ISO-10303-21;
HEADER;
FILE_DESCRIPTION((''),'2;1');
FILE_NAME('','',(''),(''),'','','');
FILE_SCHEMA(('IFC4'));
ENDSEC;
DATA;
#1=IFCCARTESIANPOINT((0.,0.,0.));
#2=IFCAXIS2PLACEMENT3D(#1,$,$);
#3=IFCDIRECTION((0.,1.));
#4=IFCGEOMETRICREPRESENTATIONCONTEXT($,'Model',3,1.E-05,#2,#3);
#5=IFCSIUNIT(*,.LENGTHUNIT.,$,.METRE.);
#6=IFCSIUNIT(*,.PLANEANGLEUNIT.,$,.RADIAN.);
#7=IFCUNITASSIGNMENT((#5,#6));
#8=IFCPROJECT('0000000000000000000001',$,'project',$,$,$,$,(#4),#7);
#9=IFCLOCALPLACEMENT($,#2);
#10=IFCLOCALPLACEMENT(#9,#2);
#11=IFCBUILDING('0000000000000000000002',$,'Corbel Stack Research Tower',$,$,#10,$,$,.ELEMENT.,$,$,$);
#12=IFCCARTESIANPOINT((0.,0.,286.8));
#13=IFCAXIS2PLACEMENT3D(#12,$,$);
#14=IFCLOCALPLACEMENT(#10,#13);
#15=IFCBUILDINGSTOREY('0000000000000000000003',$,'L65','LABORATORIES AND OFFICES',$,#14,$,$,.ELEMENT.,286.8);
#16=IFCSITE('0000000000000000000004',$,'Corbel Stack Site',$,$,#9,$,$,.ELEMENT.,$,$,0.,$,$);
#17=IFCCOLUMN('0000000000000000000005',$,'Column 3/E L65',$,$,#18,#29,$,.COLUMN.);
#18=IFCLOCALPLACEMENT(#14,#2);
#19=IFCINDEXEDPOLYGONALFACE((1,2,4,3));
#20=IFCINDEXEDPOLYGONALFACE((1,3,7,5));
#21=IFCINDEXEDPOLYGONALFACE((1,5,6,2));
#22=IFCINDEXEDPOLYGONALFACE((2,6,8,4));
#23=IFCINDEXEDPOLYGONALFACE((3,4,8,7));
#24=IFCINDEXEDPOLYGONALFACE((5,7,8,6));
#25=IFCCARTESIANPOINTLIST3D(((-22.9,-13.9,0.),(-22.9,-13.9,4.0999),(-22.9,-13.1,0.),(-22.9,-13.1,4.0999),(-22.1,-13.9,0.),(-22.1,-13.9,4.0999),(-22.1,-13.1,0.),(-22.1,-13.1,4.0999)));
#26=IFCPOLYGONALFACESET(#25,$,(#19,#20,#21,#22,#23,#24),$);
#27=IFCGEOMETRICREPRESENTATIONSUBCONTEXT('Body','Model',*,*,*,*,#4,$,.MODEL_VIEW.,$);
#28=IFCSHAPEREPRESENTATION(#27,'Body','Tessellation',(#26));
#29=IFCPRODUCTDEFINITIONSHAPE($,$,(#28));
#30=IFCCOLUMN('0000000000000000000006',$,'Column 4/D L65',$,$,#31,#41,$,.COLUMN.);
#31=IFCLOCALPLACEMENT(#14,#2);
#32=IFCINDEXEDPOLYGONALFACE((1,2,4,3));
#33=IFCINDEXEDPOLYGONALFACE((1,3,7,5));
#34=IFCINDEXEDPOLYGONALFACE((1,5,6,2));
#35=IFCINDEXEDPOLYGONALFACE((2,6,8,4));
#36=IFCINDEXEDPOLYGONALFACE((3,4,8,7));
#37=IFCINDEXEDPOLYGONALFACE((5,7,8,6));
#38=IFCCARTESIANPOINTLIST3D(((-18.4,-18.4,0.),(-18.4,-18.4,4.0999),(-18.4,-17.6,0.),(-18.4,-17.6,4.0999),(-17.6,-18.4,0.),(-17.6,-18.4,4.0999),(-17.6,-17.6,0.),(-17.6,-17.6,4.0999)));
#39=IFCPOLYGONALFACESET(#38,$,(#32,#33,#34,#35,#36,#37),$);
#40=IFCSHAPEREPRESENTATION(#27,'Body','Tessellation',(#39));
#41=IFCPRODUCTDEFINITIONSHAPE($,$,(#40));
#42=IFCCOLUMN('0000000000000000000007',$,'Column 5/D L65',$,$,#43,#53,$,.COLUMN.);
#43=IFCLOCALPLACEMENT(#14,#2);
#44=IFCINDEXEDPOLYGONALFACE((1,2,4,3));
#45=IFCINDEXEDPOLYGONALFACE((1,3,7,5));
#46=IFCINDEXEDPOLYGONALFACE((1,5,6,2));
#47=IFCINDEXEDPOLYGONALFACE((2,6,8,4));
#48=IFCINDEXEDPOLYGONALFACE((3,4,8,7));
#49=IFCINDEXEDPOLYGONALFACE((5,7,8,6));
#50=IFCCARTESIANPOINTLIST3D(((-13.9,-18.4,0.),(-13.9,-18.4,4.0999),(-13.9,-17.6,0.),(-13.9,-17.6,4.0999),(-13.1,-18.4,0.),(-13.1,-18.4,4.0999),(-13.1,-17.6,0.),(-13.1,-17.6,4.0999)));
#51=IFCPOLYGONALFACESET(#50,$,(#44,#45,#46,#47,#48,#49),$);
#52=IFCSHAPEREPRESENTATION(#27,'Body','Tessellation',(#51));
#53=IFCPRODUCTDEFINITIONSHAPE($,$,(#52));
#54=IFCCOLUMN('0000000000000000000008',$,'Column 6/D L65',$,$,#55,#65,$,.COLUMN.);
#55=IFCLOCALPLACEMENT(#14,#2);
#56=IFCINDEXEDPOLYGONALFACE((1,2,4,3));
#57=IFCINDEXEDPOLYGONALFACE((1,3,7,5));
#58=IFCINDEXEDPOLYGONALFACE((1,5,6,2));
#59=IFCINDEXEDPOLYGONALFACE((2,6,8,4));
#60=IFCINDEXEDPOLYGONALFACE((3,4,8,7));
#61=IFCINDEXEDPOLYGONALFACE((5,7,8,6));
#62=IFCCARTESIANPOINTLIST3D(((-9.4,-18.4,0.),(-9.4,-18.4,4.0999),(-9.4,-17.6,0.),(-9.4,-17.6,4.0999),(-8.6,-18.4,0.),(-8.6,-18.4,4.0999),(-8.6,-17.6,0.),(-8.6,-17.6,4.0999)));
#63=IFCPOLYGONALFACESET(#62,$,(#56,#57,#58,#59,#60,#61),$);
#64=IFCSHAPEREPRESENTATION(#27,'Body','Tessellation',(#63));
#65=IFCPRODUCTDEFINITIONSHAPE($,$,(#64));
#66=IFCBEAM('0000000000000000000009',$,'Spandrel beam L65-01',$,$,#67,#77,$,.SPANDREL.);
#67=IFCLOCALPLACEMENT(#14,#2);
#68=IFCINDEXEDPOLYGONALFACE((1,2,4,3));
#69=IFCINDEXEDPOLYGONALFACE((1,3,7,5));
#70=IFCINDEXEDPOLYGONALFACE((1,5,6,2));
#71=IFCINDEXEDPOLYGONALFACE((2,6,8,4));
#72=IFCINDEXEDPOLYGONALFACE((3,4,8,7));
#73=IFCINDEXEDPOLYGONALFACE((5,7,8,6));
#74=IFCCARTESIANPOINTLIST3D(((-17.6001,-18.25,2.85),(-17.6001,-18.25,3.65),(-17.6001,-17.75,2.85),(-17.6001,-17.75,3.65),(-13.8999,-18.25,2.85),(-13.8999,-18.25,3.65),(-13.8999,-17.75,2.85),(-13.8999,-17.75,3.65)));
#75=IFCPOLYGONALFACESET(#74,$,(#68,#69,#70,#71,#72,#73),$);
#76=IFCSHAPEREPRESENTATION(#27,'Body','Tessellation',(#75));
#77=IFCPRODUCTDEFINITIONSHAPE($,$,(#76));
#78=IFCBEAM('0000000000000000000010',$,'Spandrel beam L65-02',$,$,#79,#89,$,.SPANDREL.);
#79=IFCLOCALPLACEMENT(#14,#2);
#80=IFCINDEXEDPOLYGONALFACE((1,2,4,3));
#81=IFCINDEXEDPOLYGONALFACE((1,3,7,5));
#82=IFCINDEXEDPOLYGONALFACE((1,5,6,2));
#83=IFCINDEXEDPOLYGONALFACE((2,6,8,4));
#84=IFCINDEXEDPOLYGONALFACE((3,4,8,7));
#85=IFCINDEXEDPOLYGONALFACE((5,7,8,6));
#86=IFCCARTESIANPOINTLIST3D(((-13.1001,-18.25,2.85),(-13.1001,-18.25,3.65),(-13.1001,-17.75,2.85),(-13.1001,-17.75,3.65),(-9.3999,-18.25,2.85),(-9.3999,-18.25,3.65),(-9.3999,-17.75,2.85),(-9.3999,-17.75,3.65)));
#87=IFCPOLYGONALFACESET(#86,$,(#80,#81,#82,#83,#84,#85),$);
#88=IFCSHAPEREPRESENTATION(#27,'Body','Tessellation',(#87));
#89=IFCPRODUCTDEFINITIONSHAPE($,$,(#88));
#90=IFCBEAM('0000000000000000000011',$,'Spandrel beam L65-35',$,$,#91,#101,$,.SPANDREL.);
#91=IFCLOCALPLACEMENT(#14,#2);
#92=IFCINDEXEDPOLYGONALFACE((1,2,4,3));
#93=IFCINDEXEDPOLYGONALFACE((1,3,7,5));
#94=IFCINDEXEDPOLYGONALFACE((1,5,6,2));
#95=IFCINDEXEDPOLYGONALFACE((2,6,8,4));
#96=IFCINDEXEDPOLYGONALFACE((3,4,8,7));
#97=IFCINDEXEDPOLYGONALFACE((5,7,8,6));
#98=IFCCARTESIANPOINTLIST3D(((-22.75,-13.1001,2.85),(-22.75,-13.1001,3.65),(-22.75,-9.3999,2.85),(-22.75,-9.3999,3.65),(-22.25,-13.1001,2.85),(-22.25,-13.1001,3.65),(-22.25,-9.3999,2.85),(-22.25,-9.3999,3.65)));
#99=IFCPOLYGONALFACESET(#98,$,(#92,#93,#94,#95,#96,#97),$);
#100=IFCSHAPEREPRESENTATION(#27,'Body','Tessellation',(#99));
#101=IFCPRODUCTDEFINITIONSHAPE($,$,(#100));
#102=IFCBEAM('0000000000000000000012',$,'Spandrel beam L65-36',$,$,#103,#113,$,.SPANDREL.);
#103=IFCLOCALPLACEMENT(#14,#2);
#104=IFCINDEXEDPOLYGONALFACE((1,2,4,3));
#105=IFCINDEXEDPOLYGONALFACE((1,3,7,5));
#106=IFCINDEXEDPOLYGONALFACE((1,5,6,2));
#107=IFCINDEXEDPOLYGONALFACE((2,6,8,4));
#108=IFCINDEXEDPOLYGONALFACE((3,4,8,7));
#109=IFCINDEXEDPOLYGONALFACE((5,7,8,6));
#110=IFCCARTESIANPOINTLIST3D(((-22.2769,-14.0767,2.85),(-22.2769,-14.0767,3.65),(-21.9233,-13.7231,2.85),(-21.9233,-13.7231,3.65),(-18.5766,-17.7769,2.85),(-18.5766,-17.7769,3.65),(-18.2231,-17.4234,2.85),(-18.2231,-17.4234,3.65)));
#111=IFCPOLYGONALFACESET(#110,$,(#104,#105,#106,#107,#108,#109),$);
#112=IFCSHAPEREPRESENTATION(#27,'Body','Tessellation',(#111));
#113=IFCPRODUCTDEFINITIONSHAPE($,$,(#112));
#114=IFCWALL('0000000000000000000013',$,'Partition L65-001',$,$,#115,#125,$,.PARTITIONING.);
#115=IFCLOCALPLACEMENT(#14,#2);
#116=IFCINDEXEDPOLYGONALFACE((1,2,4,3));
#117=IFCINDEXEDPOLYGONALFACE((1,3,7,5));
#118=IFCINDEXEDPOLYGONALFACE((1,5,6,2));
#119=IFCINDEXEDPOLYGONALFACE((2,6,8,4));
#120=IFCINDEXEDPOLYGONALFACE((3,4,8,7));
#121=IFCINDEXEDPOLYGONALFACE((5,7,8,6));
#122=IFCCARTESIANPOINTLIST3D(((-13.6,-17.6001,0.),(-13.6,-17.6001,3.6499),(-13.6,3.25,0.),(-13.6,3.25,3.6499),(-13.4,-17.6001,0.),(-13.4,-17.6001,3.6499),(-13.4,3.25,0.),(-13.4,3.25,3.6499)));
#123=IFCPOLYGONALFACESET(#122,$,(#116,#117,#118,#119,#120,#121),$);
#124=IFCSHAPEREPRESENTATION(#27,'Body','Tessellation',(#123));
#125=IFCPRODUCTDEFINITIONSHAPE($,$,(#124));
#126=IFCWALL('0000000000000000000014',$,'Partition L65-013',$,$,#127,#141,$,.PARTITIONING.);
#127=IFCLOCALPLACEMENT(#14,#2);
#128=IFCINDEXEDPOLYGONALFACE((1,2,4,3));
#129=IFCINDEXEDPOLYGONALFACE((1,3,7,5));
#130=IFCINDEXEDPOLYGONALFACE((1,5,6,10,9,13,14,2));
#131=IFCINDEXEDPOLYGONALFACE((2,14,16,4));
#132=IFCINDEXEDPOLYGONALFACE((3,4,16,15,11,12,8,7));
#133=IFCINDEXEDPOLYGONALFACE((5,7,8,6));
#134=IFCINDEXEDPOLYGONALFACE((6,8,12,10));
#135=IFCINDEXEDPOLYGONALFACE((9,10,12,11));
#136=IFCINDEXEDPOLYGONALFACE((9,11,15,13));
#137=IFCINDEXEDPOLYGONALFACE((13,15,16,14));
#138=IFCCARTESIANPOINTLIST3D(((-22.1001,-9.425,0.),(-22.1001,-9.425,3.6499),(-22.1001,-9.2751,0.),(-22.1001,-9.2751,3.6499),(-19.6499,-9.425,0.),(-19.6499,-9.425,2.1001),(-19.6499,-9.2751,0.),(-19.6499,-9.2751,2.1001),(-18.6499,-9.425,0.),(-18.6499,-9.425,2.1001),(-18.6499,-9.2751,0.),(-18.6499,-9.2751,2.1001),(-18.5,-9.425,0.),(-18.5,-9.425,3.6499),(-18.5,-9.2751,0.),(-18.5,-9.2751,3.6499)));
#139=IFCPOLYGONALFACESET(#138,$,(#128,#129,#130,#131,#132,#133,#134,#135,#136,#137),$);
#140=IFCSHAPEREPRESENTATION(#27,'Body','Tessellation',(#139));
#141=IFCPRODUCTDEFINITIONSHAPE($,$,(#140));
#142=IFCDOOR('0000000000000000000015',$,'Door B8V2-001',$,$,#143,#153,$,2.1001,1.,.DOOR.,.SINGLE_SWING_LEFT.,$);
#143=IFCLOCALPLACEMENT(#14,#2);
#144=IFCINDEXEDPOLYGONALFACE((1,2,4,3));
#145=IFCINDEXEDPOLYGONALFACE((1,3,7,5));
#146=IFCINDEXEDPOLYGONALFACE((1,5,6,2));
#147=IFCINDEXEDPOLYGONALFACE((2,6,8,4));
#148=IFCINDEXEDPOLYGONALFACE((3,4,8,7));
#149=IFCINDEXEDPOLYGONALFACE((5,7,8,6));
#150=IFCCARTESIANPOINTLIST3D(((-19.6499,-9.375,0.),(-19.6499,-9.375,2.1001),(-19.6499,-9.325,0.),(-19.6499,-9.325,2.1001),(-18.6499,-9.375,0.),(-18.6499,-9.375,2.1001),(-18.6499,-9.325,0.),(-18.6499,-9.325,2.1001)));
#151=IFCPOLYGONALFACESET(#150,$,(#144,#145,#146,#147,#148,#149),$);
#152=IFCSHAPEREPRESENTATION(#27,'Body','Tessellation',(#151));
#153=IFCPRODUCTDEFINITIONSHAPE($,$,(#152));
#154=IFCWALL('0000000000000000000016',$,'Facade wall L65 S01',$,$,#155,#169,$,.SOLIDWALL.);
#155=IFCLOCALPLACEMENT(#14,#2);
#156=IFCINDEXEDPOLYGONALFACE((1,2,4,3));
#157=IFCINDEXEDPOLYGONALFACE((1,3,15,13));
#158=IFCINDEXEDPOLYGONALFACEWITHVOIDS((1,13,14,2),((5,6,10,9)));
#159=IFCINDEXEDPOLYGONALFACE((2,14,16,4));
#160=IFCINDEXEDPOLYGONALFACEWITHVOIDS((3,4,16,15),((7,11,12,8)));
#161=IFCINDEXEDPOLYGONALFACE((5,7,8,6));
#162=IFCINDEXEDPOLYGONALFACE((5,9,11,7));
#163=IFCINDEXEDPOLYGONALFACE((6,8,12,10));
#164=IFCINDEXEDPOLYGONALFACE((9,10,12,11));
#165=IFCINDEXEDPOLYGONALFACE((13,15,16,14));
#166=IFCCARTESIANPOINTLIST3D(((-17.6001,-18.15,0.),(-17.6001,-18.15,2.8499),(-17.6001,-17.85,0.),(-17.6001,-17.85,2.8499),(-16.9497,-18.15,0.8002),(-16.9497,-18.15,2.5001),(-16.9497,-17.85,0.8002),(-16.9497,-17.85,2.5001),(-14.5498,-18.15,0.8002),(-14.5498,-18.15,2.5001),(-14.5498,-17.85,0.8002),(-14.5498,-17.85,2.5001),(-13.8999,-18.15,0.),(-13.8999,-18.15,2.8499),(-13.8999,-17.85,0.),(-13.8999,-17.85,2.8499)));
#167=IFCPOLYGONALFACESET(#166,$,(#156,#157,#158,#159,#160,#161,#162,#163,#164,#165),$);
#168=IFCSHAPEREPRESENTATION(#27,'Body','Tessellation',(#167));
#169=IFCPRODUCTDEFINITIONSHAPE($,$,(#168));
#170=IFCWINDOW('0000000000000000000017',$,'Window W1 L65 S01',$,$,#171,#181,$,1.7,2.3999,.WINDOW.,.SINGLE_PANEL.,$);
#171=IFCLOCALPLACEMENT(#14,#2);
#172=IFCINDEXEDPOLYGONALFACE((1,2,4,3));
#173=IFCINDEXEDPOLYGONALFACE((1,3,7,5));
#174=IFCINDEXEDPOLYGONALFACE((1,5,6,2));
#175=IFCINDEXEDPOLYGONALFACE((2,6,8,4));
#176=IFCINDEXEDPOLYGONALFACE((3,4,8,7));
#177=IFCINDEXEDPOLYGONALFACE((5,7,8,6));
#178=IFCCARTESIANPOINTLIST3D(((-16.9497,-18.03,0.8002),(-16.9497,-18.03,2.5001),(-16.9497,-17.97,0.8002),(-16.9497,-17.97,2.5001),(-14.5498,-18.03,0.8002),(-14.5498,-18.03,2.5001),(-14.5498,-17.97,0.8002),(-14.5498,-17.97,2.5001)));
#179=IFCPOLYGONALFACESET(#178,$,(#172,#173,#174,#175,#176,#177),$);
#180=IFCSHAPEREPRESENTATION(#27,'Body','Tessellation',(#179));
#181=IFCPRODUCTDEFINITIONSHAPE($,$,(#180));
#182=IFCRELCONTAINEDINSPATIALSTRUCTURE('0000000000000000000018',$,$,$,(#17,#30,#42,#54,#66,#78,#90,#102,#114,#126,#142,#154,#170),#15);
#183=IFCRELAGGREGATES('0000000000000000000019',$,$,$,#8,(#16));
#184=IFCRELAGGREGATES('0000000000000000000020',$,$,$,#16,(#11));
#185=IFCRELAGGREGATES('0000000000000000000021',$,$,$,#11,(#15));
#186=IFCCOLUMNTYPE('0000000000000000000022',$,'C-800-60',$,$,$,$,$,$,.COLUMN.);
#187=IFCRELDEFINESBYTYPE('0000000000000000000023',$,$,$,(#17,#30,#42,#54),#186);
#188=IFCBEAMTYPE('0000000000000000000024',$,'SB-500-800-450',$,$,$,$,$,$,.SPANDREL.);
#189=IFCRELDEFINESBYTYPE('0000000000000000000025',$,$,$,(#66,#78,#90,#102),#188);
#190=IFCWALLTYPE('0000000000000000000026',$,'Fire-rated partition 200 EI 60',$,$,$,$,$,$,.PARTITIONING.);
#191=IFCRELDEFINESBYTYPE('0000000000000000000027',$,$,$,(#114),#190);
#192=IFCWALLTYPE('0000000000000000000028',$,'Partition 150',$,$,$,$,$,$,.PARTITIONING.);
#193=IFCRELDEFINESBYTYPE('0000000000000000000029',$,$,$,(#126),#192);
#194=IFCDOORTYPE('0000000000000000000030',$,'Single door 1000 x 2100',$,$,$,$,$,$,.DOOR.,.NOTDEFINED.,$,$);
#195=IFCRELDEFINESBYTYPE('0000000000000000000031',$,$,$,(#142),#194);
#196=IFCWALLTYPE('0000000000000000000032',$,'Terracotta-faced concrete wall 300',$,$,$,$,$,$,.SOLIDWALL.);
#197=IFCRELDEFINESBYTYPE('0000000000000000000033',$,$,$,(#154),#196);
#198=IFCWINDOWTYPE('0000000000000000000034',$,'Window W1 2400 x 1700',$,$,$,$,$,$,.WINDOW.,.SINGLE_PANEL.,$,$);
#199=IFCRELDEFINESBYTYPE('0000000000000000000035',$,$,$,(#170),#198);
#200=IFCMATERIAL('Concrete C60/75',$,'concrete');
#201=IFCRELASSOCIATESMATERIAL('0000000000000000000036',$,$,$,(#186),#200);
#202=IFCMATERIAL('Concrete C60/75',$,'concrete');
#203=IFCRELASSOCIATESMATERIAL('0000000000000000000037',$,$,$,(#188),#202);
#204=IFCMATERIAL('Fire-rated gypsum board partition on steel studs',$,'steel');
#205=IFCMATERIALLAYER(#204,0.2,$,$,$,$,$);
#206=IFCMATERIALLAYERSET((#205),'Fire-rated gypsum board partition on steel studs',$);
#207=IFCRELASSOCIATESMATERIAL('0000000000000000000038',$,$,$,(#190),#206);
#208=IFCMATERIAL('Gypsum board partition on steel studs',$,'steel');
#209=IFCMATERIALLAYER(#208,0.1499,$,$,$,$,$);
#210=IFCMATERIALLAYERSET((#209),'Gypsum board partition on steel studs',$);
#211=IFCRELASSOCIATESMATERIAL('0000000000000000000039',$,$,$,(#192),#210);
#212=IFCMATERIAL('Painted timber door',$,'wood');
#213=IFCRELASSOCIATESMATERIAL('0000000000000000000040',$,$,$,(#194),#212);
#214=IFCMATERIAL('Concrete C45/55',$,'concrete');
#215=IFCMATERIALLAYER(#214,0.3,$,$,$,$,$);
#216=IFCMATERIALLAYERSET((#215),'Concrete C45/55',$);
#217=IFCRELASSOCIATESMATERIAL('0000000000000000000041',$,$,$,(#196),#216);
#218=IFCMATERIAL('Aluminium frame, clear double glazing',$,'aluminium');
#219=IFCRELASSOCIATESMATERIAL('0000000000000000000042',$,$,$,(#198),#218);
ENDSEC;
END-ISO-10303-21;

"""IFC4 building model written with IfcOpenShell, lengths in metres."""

from ifc_helpers import new_model, si_unit, direction, frame, frame_2d, origin, origin_2d, place, context, subcontext, project, spatial, rectangle, extrude, material, layer, layer_set, material_profile, profile_set, type_object, element, fill, save


model = new_model("IFC4")

# Units and contexts
model_context = context("Model", 3, precision=1e-05, world=origin(), true_north=direction((0.0, 1.0)))
body_context = subcontext(model_context, "Body", "Model", "MODEL_VIEW")
ifc_project = project(units=[si_unit("LENGTHUNIT", "METRE"), si_unit("PLANEANGLEUNIT", "RADIAN")], contexts=[model_context])

# Site, building, storey
site_placement = place(None, origin())
site = spatial("IfcSite", under=ifc_project, at=site_placement, Name="Corbel Stack Site", CompositionType="ELEMENT", RefElevation=0.0)
building_placement = place(site_placement, origin())
building = spatial("IfcBuilding", under=site, at=building_placement, Name="Corbel Stack Research Tower", CompositionType="ELEMENT")
storey_placement = place(building_placement, frame((0.0, 0.0, 286.8)))
storey = spatial("IfcBuildingStorey", under=building, at=storey_placement, Name="L65", Description="LABORATORIES AND OFFICES", CompositionType="ELEMENT", Elevation=286.8)

# Columns
ifc_material_1 = material(Name="Concrete C60/75", Category="concrete")
ifc_material_profile_1 = material_profile(ifc_material_1, rectangle(XDim=0.8, YDim=0.8, at=origin_2d()), Name="RC 800 x 800")
ifc_profile_set_1 = profile_set([ifc_material_profile_1], Name="Concrete C60/75")
column_type = type_object("IfcColumnType", Name="C-800-60", PredefinedType="COLUMN", material=ifc_profile_set_1)
for number, where, z_axis, x_axis, name in (
    (1, (-22.5, -13.5, 0.0), (0.0, 0.0, 1.0), (1.0, 0.0, 0.0), "Column 3/E L65"),
    (2, (-18.0, -18.0, 0.0), (0.0, 0.0, 1.0), (1.0, 0.0, 0.0), "Column 4/D L65"),
    (3, (-13.5, -18.0, 0.0), (0.0, 0.0, 1.0), (1.0, 0.0, 0.0), "Column 5/D L65"),
    (4, (-9.0, -18.0, 0.0), (0.0, 0.0, 1.0), (1.0, 0.0, 0.0), "Column 6/D L65"),
):
    element("IfcColumn", number, at=place(storey_placement, frame(where, z_axis=z_axis, x_axis=x_axis)), inside=storey, type_object=column_type, Name=name, PredefinedType="COLUMN", context=body_context, shape_type="SweptSolid", body=[
        extrude(rectangle(XDim=0.8, YDim=0.8, at=origin_2d()), origin(), (0.0, 0.0, 1.0), 4.0999),
    ])

# Beams
ifc_material_2 = material(Name="Concrete C60/75", Category="concrete")
ifc_material_profile_2 = material_profile(ifc_material_2, rectangle(XDim=0.5, YDim=0.8, at=origin_2d()), Name="RC 500 x 800")
ifc_profile_set_2 = profile_set([ifc_material_profile_2], Name="Concrete C60/75")
beam_type = type_object("IfcBeamType", Name="SB-500-800-450", PredefinedType="SPANDREL", material=ifc_profile_set_2)
for number, where, z_axis, x_axis, name in (
    (5, (-17.6001, -18.0, 3.25), (1.0, 0.0, 0.0), (0.0, 1.0, 0.0), "Spandrel beam L65-01"),
    (6, (-13.1001, -18.0, 3.25), (1.0, 0.0, 0.0), (0.0, 1.0, 0.0), "Spandrel beam L65-02"),
    (7, (-22.5, -9.3999, 3.25), (0.0, -1.0, 0.0), (1.0, 0.0, 0.0), "Spandrel beam L65-35"),
):
    element("IfcBeam", number, at=place(storey_placement, frame(where, z_axis=z_axis, x_axis=x_axis)), inside=storey, type_object=beam_type, Name=name, PredefinedType="SPANDREL", context=body_context, shape_type="SweptSolid", body=[
        extrude(rectangle(XDim=0.5, YDim=0.8, at=origin_2d()), origin(), (0.0, 0.0, 1.0), 3.7002),
    ])
beam_placement = place(storey_placement, frame((-22.1001, -13.8999, 3.25), z_axis=(0.707107, -0.707107, 0.0), x_axis=(0.707107, 0.707107, 0.0)))
element("IfcBeam", 8, at=beam_placement, inside=storey, type_object=beam_type, Name="Spandrel beam L65-36", PredefinedType="SPANDREL", context=body_context, shape_type="SweptSolid", body=[
    extrude(rectangle(XDim=0.5, YDim=0.8, at=origin_2d()), origin(), (0.0, 0.0, 1.0), 5.2329),
])

# Wall
ifc_material_3 = material(Name="Fire-rated gypsum board partition on steel studs", Category="steel")
ifc_layer_1 = layer(ifc_material_3, 0.2)
ifc_layer_set_1 = layer_set([ifc_layer_1], Name="Fire-rated gypsum board partition on steel studs")
wall_type_1 = type_object("IfcWallType", Name="Fire-rated partition 200 EI 60", PredefinedType="PARTITIONING", material=ifc_layer_set_1)
wall_1_placement = place(storey_placement, frame((-13.5, -17.6001, 0.0), z_axis=(0.0, 0.0, 1.0), x_axis=(0.0, 1.0, 0.0)))
element("IfcWall", 9, at=wall_1_placement, inside=storey, type_object=wall_type_1, Name="Partition L65-001", PredefinedType="PARTITIONING", context=body_context, shape_type="SweptSolid", body=[
    extrude(rectangle(XDim=20.8501, YDim=0.2, at=frame_2d((10.425, 0.0))), origin(), (0.0, 0.0, 1.0), 3.6499),
])

# Wall, opening, door
ifc_material_4 = material(Name="Gypsum board partition on steel studs", Category="steel")
ifc_layer_2 = layer(ifc_material_4, 0.1499)
ifc_layer_set_2 = layer_set([ifc_layer_2], Name="Gypsum board partition on steel studs")
wall_type_2 = type_object("IfcWallType", Name="Partition 150", PredefinedType="PARTITIONING", material=ifc_layer_set_2)
wall_2_placement = place(storey_placement, frame((-18.5, -9.3501, 0.0), z_axis=(0.0, 0.0, 1.0), x_axis=(-1.0, 0.0, 0.0)))
wall_2 = element("IfcWall", 10, at=wall_2_placement, inside=storey, type_object=wall_type_2, Name="Partition L65-013", PredefinedType="PARTITIONING", context=body_context, shape_type="SweptSolid", body=[
    extrude(rectangle(XDim=3.6001, YDim=0.1499, at=frame_2d((1.8, 0.0))), origin(), (0.0, 0.0, 1.0), 3.6499),
])
opening_1_placement = place(wall_2_placement, frame((0.1499, 0.0, 0.0)))
opening_1 = element("IfcOpeningElement", 11, at=opening_1_placement, cuts=wall_2, PredefinedType="OPENING", context=body_context, shape_type="SweptSolid", body=[
    extrude(rectangle(XDim=1.0, YDim=2.1001, at=frame_2d((0.5, 1.05))), frame((0.0, 0.085, 0.0), z_axis=(0.0, -1.0, 0.0), x_axis=(1.0, 0.0, 0.0)), (0.0, 0.0, 1.0), 0.1699),
])
ifc_material_5 = material(Name="Painted timber door", Category="wood")
door_type_1 = type_object("IfcDoorType", Name="Single door 1000 x 2100", OperationType="NOTDEFINED", PredefinedType="DOOR", material=ifc_material_5)
door_1_placement = place(opening_1_placement, origin())
door_1 = element("IfcDoor", 12, at=door_1_placement, inside=storey, type_object=door_type_1, Name="Door B8V2-001", OperationType="SINGLE_SWING_LEFT", OverallHeight=2.1001, OverallWidth=1.0, PredefinedType="DOOR", context=body_context, shape_type="SweptSolid", body=[
    extrude(rectangle(XDim=1.0, YDim=2.1001, at=frame_2d((0.5, 1.05))), frame((0.0, 0.0249, 0.0), z_axis=(0.0, -1.0, 0.0), x_axis=(1.0, 0.0, 0.0)), (0.0, 0.0, 1.0), 0.05),
])
fill(opening_1, door_1)

# Wall, opening, window
ifc_material_6 = material(Name="Concrete C45/55", Category="concrete")
ifc_layer_3 = layer(ifc_material_6, 0.3)
ifc_layer_set_3 = layer_set([ifc_layer_3], Name="Concrete C45/55")
wall_type_3 = type_object("IfcWallType", Name="Terracotta-faced concrete wall 300", PredefinedType="SOLIDWALL", material=ifc_layer_set_3)
wall_3_placement = place(storey_placement, frame((-13.8999, -18.0, 0.0), z_axis=(0.0, 0.0, 1.0), x_axis=(-1.0, 0.0, 0.0)))
wall_3 = element("IfcWall", 13, at=wall_3_placement, inside=storey, type_object=wall_type_3, Name="Facade wall L65 S01", PredefinedType="SOLIDWALL", context=body_context, shape_type="SweptSolid", body=[
    extrude(rectangle(XDim=3.7002, YDim=0.3, at=frame_2d((1.8501, 0.0))), origin(), (0.0, 0.0, 1.0), 2.8499),
])
opening_2_placement = place(wall_3_placement, frame((0.6499, 0.0, 0.8)))
opening_2 = element("IfcOpeningElement", 14, at=opening_2_placement, cuts=wall_3, PredefinedType="OPENING", context=body_context, shape_type="SweptSolid", body=[
    extrude(rectangle(XDim=2.3999, YDim=1.7, at=frame_2d((1.2, 0.8501))), frame((0.0, 0.1599, 0.0), z_axis=(0.0, -1.0, 0.0), x_axis=(1.0, 0.0, 0.0)), (0.0, 0.0, 1.0), 0.3201),
])
ifc_material_7 = material(Name="Aluminium frame, clear double glazing", Category="aluminium")
window_type = type_object("IfcWindowType", Name="Window W1 2400 x 1700", PartitioningType="SINGLE_PANEL", PredefinedType="WINDOW", material=ifc_material_7)
window_1_placement = place(opening_2_placement, origin())
window_1 = element("IfcWindow", 15, at=window_1_placement, inside=storey, type_object=window_type, Name="Window W1 L65 S01", OverallHeight=1.7, OverallWidth=2.3999, PartitioningType="SINGLE_PANEL", PredefinedType="WINDOW", context=body_context, shape_type="SweptSolid", body=[
    extrude(rectangle(XDim=2.3999, YDim=1.7, at=frame_2d((1.2, 0.8501))), frame((0.0, 0.03, 0.0), z_axis=(0.0, -1.0, 0.0), x_axis=(1.0, 0.0, 0.0)), (0.0, 0.0, 1.0), 0.0601),
])
fill(opening_2, window_1)

save(model, "model.ifc")
